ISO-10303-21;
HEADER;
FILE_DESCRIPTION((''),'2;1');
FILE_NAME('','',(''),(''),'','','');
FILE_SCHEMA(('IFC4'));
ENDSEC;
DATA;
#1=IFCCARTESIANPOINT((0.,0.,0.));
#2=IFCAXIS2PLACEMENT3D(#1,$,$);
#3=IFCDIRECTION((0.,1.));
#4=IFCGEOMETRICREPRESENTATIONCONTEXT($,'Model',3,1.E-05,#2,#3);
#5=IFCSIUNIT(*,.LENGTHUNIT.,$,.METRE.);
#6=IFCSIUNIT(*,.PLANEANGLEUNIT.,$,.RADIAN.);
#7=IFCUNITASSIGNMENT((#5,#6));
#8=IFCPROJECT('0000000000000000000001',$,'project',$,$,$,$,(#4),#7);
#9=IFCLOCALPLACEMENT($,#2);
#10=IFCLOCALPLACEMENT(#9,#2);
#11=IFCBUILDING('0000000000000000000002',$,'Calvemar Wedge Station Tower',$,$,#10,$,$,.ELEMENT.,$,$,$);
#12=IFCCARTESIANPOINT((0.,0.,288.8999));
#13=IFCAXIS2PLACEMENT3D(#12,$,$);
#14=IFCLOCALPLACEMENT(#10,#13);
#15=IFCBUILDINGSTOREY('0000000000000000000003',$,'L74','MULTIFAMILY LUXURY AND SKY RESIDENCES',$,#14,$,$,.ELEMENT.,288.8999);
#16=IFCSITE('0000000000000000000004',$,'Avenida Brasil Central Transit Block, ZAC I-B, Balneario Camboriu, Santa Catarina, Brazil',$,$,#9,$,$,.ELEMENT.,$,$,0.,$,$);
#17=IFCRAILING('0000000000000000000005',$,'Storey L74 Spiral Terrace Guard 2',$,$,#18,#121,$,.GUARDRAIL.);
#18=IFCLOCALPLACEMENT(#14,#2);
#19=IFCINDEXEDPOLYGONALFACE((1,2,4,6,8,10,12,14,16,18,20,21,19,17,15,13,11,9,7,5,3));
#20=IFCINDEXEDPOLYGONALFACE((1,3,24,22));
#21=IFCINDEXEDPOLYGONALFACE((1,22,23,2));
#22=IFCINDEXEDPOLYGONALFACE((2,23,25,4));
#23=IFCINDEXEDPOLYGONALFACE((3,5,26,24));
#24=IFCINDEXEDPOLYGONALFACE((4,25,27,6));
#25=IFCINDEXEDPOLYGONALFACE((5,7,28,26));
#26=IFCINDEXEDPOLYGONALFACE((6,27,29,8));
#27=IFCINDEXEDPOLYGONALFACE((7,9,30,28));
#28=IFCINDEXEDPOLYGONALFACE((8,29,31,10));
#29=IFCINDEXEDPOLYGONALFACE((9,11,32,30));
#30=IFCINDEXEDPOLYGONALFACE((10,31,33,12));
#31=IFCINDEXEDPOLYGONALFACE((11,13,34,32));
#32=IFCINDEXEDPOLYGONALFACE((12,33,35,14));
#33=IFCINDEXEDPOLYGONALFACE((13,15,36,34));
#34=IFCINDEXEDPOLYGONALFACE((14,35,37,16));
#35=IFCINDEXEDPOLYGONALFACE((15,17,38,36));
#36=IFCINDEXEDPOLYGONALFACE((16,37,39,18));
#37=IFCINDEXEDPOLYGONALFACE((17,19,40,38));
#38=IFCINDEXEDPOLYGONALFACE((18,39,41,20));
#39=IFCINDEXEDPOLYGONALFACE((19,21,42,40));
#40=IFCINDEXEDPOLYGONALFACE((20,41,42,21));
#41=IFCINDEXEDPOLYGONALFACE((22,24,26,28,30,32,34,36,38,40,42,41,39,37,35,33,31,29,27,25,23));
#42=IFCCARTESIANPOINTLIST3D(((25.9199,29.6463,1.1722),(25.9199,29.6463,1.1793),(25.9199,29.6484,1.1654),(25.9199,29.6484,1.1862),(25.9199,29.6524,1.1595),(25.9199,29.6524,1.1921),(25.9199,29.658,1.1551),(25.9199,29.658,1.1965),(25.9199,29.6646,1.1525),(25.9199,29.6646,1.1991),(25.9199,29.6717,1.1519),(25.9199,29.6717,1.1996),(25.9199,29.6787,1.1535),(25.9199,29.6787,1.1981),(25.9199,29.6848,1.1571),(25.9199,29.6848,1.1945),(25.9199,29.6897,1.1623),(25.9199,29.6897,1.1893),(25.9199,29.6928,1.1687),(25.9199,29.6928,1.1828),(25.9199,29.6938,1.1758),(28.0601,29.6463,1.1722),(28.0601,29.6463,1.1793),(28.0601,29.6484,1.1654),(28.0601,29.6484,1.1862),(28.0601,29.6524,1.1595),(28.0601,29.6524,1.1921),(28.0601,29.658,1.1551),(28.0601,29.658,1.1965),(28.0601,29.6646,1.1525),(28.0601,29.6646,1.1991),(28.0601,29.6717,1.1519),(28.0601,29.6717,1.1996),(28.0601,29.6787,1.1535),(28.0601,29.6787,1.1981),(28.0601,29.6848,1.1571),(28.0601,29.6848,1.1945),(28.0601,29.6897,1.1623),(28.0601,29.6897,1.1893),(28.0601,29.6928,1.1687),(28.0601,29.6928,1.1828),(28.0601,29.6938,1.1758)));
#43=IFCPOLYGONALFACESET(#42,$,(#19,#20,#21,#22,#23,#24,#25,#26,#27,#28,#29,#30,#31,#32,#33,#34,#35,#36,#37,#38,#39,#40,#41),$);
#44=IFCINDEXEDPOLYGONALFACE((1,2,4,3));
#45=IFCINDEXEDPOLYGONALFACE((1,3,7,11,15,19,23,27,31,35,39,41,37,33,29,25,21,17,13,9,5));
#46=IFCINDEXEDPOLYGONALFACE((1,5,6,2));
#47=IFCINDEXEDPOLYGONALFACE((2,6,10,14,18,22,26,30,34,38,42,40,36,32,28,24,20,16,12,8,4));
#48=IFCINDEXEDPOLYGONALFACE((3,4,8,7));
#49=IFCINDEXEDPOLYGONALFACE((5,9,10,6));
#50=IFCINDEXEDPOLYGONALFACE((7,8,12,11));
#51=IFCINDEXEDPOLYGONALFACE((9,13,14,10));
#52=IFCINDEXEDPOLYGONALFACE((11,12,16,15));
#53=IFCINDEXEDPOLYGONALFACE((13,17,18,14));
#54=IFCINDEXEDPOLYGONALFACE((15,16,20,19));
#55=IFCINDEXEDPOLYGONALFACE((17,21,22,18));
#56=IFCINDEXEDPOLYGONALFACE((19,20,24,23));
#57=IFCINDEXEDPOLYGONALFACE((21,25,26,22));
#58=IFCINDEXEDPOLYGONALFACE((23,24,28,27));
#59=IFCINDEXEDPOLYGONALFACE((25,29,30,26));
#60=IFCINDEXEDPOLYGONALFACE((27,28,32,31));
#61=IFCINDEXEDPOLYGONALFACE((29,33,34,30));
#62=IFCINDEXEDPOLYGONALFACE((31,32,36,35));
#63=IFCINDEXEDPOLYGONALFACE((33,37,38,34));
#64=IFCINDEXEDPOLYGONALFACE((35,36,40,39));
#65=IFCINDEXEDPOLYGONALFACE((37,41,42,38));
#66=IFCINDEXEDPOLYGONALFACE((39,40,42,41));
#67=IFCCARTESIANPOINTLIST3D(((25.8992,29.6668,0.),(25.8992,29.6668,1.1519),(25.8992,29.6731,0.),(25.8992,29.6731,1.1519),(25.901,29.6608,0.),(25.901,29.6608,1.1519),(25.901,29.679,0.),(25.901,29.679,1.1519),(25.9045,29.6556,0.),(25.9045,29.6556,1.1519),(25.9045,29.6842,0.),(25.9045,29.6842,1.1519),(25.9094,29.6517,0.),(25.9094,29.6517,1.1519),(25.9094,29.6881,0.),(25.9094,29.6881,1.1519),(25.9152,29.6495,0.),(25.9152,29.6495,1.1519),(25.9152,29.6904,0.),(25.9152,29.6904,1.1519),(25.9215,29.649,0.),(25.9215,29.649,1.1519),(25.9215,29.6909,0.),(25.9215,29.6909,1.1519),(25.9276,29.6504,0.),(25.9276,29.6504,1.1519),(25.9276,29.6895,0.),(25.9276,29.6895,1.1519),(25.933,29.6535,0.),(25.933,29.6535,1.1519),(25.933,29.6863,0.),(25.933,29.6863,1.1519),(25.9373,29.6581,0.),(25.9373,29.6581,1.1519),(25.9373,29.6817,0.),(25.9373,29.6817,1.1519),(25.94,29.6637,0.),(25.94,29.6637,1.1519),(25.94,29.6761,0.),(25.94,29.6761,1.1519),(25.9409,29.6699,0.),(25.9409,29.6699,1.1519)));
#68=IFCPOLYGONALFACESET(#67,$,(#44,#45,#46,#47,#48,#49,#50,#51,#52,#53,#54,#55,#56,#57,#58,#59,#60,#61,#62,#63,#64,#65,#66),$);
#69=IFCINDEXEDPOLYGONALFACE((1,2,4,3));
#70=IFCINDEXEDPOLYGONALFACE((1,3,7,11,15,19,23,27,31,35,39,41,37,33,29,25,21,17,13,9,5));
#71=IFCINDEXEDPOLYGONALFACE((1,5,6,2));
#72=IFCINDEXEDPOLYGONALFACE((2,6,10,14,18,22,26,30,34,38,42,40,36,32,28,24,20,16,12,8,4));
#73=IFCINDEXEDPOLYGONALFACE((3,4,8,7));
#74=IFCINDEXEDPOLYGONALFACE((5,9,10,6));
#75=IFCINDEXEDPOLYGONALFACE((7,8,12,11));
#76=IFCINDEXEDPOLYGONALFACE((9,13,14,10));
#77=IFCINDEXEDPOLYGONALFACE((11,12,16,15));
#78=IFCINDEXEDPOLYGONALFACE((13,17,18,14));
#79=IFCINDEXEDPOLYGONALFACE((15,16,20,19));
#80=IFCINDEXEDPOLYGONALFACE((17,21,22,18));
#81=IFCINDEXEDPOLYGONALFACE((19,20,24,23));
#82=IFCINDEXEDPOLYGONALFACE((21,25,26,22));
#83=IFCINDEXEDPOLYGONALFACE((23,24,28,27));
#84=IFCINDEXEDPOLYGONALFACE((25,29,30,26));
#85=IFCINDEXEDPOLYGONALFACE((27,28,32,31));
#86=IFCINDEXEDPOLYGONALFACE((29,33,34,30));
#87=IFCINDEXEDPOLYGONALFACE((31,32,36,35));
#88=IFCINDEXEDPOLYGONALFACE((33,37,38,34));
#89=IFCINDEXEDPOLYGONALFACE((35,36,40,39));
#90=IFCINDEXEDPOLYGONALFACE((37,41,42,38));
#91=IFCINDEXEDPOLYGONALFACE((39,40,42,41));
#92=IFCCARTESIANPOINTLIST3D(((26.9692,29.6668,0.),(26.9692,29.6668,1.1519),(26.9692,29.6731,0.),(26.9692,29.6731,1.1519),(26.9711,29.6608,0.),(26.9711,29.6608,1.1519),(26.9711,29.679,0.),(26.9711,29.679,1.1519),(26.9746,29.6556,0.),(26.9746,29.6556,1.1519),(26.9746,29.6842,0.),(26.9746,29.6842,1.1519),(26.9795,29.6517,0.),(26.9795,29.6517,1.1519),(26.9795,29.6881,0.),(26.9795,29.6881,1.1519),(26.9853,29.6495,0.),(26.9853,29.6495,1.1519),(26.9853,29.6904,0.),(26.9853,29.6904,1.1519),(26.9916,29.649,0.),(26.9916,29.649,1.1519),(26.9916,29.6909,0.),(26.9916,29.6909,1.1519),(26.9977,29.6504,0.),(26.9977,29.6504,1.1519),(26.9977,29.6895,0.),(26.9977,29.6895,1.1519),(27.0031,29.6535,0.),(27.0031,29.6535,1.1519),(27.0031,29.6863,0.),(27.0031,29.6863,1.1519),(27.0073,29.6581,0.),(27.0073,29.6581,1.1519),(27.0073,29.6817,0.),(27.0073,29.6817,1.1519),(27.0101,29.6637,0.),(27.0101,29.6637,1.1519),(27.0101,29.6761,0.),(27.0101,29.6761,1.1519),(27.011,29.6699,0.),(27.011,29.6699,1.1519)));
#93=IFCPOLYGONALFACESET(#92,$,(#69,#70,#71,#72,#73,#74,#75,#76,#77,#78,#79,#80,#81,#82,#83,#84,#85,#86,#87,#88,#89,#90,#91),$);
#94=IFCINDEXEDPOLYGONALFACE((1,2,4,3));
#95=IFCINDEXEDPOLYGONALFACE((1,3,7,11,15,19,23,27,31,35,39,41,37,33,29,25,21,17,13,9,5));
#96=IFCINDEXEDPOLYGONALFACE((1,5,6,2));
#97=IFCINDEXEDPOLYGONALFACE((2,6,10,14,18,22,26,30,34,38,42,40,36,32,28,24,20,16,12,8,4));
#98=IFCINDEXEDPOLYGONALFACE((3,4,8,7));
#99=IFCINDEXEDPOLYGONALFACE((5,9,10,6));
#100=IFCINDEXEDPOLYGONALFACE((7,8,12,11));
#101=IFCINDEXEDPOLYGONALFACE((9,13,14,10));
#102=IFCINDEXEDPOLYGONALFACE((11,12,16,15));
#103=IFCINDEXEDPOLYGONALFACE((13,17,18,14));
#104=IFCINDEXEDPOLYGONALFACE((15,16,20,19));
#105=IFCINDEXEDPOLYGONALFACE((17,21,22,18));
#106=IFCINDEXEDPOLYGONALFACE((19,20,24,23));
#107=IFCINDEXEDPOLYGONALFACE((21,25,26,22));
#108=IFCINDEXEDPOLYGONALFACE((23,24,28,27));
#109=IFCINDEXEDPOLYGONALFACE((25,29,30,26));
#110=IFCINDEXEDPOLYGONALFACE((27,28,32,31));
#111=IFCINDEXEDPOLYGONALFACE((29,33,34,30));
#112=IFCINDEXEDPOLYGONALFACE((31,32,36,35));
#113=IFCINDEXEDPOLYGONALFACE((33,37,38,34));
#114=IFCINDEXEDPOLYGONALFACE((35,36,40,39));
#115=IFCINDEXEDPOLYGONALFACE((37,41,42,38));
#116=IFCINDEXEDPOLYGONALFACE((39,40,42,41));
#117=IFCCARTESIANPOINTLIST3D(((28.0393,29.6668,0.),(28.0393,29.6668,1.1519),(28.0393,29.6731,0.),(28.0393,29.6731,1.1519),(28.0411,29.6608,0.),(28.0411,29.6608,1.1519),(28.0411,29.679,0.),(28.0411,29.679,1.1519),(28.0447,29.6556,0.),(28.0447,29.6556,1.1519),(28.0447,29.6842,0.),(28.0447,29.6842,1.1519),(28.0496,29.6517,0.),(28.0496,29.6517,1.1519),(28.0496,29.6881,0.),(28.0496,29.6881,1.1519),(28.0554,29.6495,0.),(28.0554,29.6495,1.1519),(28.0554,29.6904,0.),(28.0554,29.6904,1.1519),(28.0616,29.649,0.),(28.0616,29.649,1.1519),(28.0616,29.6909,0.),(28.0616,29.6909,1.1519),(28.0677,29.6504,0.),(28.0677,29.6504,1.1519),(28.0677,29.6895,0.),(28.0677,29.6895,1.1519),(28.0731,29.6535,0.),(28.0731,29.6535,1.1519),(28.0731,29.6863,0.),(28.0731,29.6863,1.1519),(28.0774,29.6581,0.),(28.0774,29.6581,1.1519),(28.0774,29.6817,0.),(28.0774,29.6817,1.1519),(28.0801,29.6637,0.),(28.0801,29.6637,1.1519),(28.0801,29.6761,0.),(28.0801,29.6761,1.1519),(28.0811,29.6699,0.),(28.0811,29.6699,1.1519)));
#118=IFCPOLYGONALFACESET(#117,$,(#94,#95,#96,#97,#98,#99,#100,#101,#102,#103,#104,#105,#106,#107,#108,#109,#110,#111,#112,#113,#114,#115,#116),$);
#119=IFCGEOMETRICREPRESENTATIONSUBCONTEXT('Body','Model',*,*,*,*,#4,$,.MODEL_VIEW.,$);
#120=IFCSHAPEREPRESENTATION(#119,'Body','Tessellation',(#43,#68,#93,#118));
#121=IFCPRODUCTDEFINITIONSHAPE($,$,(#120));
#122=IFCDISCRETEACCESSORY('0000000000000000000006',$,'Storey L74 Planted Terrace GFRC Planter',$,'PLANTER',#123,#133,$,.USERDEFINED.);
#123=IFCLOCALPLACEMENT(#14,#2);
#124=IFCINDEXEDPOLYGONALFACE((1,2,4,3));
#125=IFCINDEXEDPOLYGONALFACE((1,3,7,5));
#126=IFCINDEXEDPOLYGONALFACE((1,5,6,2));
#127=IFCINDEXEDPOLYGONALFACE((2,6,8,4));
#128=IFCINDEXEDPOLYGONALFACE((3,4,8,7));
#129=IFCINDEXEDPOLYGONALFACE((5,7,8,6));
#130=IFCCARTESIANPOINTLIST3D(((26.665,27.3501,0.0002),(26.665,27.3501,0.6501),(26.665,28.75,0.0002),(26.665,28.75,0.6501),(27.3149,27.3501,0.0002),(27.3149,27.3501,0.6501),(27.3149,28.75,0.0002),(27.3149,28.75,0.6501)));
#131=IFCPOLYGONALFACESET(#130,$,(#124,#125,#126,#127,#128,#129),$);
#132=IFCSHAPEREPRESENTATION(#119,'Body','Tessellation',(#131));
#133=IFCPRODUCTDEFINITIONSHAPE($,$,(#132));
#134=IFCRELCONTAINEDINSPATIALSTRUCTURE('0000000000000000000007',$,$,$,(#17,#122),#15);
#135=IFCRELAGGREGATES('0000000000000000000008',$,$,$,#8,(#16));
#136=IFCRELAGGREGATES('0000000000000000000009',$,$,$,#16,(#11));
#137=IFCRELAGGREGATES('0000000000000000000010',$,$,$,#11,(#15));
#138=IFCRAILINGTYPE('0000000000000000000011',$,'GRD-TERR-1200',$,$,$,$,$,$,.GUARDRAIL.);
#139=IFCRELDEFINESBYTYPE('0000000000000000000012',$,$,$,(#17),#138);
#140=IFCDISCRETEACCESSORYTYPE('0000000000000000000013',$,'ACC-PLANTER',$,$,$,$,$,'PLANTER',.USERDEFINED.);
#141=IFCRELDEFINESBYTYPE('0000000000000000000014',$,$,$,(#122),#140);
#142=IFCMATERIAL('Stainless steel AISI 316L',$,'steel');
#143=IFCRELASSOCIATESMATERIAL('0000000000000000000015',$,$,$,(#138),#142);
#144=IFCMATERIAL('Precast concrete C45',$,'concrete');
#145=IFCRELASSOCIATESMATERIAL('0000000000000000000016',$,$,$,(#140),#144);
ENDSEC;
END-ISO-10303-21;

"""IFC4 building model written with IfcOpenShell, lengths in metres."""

from ifc_helpers import new_model, si_unit, direction, frame, origin, origin_2d, place, context, subcontext, project, spatial, rectangle, circle, extrude, source, transform, mapped, material, type_object, element, save


model = new_model("IFC4")

# Units and contexts
model_context = context("Model", 3, precision=1e-05, world=origin(), true_north=direction((0.0, 1.0)))
body_context = subcontext(model_context, "Body", "Model", "MODEL_VIEW")
ifc_project = project(units=[si_unit("LENGTHUNIT", "METRE"), si_unit("PLANEANGLEUNIT", "RADIAN")], contexts=[model_context])

# Site, building, storey
site_placement = place(None, origin())
site = spatial("IfcSite", under=ifc_project, at=site_placement, Name="Avenida Brasil Central Transit Block, ZAC I-B, Balneario Camboriu, Santa Catarina, Brazil", CompositionType="ELEMENT", RefElevation=0.0)
building_placement = place(site_placement, origin())
building = spatial("IfcBuilding", under=site, at=building_placement, Name="Calvemar Wedge Station Tower", CompositionType="ELEMENT")
storey_placement = place(building_placement, frame((0.0, 0.0, 288.8999)))
storey = spatial("IfcBuildingStorey", under=building, at=storey_placement, Name="L74", Description="MULTIFAMILY LUXURY AND SKY RESIDENCES", CompositionType="ELEMENT", Elevation=288.8999)

# Shared definitions
ifc_material_1 = material(Name="Precast concrete C45", Category="concrete")

# Railing
ifc_material_2 = material(Name="Stainless steel AISI 316L", Category="steel")
railing_type = type_object("IfcRailingType", Name="GRD-TERR-1200", PredefinedType="GUARDRAIL", material=ifc_material_2)
railing_placement = place(storey_placement, frame((25.9199, 29.6699, 0.0)))
element("IfcRailing", 1, at=railing_placement, inside=storey, type_object=railing_type, Name="Storey L74 Spiral Terrace Guard 2", PredefinedType="GUARDRAIL", context=body_context, shape_type="SweptSolid", body=[
    extrude(circle(Radius=0.0239, at=origin_2d()), frame((0.0, 0.0, 1.1758), z_axis=(1.0, 0.0, 0.0), x_axis=(0.0, 1.0, 0.0)), (0.0, 0.0, 1.0), 2.1401),
    extrude(circle(Radius=0.021, at=origin_2d()), origin(), (0.0, 0.0, 1.0), 1.1519),
    extrude(circle(Radius=0.021, at=origin_2d()), frame((1.0701, 0.0, 0.0)), (0.0, 0.0, 1.0), 1.1519),
    extrude(circle(Radius=0.021, at=origin_2d()), frame((2.1401, 0.0, 0.0)), (0.0, 0.0, 1.0), 1.1519),
])

# Discrete accessory
discrete_accessory_type = type_object("IfcDiscreteAccessoryType", Name="ACC-PLANTER", ElementType="PLANTER", PredefinedType="USERDEFINED", material=ifc_material_1)
shared_shape_1 = source(origin(), body_context, "Body", "SweptSolid", [
    extrude(rectangle(XDim=0.6499, YDim=1.3999, at=origin_2d()), origin(), (0.0, 0.0, 1.0), 0.6499),
])
discrete_accessory_placement = place(storey_placement, frame((26.99, 28.05, 0.0002), z_axis=(0.0, 0.0, 1.0), x_axis=(1.0, 0.0, 0.0)))
element("IfcDiscreteAccessory", 2, at=discrete_accessory_placement, inside=storey, type_object=discrete_accessory_type, Name="Storey L74 Planted Terrace GFRC Planter", ObjectType="PLANTER", PredefinedType="USERDEFINED", context=body_context, shape_type="MappedRepresentation", body=[
    mapped(shared_shape_1, transform((0.0, 0.0, 0.0), scale=1.0)),
])

save(model, "model.ifc")
